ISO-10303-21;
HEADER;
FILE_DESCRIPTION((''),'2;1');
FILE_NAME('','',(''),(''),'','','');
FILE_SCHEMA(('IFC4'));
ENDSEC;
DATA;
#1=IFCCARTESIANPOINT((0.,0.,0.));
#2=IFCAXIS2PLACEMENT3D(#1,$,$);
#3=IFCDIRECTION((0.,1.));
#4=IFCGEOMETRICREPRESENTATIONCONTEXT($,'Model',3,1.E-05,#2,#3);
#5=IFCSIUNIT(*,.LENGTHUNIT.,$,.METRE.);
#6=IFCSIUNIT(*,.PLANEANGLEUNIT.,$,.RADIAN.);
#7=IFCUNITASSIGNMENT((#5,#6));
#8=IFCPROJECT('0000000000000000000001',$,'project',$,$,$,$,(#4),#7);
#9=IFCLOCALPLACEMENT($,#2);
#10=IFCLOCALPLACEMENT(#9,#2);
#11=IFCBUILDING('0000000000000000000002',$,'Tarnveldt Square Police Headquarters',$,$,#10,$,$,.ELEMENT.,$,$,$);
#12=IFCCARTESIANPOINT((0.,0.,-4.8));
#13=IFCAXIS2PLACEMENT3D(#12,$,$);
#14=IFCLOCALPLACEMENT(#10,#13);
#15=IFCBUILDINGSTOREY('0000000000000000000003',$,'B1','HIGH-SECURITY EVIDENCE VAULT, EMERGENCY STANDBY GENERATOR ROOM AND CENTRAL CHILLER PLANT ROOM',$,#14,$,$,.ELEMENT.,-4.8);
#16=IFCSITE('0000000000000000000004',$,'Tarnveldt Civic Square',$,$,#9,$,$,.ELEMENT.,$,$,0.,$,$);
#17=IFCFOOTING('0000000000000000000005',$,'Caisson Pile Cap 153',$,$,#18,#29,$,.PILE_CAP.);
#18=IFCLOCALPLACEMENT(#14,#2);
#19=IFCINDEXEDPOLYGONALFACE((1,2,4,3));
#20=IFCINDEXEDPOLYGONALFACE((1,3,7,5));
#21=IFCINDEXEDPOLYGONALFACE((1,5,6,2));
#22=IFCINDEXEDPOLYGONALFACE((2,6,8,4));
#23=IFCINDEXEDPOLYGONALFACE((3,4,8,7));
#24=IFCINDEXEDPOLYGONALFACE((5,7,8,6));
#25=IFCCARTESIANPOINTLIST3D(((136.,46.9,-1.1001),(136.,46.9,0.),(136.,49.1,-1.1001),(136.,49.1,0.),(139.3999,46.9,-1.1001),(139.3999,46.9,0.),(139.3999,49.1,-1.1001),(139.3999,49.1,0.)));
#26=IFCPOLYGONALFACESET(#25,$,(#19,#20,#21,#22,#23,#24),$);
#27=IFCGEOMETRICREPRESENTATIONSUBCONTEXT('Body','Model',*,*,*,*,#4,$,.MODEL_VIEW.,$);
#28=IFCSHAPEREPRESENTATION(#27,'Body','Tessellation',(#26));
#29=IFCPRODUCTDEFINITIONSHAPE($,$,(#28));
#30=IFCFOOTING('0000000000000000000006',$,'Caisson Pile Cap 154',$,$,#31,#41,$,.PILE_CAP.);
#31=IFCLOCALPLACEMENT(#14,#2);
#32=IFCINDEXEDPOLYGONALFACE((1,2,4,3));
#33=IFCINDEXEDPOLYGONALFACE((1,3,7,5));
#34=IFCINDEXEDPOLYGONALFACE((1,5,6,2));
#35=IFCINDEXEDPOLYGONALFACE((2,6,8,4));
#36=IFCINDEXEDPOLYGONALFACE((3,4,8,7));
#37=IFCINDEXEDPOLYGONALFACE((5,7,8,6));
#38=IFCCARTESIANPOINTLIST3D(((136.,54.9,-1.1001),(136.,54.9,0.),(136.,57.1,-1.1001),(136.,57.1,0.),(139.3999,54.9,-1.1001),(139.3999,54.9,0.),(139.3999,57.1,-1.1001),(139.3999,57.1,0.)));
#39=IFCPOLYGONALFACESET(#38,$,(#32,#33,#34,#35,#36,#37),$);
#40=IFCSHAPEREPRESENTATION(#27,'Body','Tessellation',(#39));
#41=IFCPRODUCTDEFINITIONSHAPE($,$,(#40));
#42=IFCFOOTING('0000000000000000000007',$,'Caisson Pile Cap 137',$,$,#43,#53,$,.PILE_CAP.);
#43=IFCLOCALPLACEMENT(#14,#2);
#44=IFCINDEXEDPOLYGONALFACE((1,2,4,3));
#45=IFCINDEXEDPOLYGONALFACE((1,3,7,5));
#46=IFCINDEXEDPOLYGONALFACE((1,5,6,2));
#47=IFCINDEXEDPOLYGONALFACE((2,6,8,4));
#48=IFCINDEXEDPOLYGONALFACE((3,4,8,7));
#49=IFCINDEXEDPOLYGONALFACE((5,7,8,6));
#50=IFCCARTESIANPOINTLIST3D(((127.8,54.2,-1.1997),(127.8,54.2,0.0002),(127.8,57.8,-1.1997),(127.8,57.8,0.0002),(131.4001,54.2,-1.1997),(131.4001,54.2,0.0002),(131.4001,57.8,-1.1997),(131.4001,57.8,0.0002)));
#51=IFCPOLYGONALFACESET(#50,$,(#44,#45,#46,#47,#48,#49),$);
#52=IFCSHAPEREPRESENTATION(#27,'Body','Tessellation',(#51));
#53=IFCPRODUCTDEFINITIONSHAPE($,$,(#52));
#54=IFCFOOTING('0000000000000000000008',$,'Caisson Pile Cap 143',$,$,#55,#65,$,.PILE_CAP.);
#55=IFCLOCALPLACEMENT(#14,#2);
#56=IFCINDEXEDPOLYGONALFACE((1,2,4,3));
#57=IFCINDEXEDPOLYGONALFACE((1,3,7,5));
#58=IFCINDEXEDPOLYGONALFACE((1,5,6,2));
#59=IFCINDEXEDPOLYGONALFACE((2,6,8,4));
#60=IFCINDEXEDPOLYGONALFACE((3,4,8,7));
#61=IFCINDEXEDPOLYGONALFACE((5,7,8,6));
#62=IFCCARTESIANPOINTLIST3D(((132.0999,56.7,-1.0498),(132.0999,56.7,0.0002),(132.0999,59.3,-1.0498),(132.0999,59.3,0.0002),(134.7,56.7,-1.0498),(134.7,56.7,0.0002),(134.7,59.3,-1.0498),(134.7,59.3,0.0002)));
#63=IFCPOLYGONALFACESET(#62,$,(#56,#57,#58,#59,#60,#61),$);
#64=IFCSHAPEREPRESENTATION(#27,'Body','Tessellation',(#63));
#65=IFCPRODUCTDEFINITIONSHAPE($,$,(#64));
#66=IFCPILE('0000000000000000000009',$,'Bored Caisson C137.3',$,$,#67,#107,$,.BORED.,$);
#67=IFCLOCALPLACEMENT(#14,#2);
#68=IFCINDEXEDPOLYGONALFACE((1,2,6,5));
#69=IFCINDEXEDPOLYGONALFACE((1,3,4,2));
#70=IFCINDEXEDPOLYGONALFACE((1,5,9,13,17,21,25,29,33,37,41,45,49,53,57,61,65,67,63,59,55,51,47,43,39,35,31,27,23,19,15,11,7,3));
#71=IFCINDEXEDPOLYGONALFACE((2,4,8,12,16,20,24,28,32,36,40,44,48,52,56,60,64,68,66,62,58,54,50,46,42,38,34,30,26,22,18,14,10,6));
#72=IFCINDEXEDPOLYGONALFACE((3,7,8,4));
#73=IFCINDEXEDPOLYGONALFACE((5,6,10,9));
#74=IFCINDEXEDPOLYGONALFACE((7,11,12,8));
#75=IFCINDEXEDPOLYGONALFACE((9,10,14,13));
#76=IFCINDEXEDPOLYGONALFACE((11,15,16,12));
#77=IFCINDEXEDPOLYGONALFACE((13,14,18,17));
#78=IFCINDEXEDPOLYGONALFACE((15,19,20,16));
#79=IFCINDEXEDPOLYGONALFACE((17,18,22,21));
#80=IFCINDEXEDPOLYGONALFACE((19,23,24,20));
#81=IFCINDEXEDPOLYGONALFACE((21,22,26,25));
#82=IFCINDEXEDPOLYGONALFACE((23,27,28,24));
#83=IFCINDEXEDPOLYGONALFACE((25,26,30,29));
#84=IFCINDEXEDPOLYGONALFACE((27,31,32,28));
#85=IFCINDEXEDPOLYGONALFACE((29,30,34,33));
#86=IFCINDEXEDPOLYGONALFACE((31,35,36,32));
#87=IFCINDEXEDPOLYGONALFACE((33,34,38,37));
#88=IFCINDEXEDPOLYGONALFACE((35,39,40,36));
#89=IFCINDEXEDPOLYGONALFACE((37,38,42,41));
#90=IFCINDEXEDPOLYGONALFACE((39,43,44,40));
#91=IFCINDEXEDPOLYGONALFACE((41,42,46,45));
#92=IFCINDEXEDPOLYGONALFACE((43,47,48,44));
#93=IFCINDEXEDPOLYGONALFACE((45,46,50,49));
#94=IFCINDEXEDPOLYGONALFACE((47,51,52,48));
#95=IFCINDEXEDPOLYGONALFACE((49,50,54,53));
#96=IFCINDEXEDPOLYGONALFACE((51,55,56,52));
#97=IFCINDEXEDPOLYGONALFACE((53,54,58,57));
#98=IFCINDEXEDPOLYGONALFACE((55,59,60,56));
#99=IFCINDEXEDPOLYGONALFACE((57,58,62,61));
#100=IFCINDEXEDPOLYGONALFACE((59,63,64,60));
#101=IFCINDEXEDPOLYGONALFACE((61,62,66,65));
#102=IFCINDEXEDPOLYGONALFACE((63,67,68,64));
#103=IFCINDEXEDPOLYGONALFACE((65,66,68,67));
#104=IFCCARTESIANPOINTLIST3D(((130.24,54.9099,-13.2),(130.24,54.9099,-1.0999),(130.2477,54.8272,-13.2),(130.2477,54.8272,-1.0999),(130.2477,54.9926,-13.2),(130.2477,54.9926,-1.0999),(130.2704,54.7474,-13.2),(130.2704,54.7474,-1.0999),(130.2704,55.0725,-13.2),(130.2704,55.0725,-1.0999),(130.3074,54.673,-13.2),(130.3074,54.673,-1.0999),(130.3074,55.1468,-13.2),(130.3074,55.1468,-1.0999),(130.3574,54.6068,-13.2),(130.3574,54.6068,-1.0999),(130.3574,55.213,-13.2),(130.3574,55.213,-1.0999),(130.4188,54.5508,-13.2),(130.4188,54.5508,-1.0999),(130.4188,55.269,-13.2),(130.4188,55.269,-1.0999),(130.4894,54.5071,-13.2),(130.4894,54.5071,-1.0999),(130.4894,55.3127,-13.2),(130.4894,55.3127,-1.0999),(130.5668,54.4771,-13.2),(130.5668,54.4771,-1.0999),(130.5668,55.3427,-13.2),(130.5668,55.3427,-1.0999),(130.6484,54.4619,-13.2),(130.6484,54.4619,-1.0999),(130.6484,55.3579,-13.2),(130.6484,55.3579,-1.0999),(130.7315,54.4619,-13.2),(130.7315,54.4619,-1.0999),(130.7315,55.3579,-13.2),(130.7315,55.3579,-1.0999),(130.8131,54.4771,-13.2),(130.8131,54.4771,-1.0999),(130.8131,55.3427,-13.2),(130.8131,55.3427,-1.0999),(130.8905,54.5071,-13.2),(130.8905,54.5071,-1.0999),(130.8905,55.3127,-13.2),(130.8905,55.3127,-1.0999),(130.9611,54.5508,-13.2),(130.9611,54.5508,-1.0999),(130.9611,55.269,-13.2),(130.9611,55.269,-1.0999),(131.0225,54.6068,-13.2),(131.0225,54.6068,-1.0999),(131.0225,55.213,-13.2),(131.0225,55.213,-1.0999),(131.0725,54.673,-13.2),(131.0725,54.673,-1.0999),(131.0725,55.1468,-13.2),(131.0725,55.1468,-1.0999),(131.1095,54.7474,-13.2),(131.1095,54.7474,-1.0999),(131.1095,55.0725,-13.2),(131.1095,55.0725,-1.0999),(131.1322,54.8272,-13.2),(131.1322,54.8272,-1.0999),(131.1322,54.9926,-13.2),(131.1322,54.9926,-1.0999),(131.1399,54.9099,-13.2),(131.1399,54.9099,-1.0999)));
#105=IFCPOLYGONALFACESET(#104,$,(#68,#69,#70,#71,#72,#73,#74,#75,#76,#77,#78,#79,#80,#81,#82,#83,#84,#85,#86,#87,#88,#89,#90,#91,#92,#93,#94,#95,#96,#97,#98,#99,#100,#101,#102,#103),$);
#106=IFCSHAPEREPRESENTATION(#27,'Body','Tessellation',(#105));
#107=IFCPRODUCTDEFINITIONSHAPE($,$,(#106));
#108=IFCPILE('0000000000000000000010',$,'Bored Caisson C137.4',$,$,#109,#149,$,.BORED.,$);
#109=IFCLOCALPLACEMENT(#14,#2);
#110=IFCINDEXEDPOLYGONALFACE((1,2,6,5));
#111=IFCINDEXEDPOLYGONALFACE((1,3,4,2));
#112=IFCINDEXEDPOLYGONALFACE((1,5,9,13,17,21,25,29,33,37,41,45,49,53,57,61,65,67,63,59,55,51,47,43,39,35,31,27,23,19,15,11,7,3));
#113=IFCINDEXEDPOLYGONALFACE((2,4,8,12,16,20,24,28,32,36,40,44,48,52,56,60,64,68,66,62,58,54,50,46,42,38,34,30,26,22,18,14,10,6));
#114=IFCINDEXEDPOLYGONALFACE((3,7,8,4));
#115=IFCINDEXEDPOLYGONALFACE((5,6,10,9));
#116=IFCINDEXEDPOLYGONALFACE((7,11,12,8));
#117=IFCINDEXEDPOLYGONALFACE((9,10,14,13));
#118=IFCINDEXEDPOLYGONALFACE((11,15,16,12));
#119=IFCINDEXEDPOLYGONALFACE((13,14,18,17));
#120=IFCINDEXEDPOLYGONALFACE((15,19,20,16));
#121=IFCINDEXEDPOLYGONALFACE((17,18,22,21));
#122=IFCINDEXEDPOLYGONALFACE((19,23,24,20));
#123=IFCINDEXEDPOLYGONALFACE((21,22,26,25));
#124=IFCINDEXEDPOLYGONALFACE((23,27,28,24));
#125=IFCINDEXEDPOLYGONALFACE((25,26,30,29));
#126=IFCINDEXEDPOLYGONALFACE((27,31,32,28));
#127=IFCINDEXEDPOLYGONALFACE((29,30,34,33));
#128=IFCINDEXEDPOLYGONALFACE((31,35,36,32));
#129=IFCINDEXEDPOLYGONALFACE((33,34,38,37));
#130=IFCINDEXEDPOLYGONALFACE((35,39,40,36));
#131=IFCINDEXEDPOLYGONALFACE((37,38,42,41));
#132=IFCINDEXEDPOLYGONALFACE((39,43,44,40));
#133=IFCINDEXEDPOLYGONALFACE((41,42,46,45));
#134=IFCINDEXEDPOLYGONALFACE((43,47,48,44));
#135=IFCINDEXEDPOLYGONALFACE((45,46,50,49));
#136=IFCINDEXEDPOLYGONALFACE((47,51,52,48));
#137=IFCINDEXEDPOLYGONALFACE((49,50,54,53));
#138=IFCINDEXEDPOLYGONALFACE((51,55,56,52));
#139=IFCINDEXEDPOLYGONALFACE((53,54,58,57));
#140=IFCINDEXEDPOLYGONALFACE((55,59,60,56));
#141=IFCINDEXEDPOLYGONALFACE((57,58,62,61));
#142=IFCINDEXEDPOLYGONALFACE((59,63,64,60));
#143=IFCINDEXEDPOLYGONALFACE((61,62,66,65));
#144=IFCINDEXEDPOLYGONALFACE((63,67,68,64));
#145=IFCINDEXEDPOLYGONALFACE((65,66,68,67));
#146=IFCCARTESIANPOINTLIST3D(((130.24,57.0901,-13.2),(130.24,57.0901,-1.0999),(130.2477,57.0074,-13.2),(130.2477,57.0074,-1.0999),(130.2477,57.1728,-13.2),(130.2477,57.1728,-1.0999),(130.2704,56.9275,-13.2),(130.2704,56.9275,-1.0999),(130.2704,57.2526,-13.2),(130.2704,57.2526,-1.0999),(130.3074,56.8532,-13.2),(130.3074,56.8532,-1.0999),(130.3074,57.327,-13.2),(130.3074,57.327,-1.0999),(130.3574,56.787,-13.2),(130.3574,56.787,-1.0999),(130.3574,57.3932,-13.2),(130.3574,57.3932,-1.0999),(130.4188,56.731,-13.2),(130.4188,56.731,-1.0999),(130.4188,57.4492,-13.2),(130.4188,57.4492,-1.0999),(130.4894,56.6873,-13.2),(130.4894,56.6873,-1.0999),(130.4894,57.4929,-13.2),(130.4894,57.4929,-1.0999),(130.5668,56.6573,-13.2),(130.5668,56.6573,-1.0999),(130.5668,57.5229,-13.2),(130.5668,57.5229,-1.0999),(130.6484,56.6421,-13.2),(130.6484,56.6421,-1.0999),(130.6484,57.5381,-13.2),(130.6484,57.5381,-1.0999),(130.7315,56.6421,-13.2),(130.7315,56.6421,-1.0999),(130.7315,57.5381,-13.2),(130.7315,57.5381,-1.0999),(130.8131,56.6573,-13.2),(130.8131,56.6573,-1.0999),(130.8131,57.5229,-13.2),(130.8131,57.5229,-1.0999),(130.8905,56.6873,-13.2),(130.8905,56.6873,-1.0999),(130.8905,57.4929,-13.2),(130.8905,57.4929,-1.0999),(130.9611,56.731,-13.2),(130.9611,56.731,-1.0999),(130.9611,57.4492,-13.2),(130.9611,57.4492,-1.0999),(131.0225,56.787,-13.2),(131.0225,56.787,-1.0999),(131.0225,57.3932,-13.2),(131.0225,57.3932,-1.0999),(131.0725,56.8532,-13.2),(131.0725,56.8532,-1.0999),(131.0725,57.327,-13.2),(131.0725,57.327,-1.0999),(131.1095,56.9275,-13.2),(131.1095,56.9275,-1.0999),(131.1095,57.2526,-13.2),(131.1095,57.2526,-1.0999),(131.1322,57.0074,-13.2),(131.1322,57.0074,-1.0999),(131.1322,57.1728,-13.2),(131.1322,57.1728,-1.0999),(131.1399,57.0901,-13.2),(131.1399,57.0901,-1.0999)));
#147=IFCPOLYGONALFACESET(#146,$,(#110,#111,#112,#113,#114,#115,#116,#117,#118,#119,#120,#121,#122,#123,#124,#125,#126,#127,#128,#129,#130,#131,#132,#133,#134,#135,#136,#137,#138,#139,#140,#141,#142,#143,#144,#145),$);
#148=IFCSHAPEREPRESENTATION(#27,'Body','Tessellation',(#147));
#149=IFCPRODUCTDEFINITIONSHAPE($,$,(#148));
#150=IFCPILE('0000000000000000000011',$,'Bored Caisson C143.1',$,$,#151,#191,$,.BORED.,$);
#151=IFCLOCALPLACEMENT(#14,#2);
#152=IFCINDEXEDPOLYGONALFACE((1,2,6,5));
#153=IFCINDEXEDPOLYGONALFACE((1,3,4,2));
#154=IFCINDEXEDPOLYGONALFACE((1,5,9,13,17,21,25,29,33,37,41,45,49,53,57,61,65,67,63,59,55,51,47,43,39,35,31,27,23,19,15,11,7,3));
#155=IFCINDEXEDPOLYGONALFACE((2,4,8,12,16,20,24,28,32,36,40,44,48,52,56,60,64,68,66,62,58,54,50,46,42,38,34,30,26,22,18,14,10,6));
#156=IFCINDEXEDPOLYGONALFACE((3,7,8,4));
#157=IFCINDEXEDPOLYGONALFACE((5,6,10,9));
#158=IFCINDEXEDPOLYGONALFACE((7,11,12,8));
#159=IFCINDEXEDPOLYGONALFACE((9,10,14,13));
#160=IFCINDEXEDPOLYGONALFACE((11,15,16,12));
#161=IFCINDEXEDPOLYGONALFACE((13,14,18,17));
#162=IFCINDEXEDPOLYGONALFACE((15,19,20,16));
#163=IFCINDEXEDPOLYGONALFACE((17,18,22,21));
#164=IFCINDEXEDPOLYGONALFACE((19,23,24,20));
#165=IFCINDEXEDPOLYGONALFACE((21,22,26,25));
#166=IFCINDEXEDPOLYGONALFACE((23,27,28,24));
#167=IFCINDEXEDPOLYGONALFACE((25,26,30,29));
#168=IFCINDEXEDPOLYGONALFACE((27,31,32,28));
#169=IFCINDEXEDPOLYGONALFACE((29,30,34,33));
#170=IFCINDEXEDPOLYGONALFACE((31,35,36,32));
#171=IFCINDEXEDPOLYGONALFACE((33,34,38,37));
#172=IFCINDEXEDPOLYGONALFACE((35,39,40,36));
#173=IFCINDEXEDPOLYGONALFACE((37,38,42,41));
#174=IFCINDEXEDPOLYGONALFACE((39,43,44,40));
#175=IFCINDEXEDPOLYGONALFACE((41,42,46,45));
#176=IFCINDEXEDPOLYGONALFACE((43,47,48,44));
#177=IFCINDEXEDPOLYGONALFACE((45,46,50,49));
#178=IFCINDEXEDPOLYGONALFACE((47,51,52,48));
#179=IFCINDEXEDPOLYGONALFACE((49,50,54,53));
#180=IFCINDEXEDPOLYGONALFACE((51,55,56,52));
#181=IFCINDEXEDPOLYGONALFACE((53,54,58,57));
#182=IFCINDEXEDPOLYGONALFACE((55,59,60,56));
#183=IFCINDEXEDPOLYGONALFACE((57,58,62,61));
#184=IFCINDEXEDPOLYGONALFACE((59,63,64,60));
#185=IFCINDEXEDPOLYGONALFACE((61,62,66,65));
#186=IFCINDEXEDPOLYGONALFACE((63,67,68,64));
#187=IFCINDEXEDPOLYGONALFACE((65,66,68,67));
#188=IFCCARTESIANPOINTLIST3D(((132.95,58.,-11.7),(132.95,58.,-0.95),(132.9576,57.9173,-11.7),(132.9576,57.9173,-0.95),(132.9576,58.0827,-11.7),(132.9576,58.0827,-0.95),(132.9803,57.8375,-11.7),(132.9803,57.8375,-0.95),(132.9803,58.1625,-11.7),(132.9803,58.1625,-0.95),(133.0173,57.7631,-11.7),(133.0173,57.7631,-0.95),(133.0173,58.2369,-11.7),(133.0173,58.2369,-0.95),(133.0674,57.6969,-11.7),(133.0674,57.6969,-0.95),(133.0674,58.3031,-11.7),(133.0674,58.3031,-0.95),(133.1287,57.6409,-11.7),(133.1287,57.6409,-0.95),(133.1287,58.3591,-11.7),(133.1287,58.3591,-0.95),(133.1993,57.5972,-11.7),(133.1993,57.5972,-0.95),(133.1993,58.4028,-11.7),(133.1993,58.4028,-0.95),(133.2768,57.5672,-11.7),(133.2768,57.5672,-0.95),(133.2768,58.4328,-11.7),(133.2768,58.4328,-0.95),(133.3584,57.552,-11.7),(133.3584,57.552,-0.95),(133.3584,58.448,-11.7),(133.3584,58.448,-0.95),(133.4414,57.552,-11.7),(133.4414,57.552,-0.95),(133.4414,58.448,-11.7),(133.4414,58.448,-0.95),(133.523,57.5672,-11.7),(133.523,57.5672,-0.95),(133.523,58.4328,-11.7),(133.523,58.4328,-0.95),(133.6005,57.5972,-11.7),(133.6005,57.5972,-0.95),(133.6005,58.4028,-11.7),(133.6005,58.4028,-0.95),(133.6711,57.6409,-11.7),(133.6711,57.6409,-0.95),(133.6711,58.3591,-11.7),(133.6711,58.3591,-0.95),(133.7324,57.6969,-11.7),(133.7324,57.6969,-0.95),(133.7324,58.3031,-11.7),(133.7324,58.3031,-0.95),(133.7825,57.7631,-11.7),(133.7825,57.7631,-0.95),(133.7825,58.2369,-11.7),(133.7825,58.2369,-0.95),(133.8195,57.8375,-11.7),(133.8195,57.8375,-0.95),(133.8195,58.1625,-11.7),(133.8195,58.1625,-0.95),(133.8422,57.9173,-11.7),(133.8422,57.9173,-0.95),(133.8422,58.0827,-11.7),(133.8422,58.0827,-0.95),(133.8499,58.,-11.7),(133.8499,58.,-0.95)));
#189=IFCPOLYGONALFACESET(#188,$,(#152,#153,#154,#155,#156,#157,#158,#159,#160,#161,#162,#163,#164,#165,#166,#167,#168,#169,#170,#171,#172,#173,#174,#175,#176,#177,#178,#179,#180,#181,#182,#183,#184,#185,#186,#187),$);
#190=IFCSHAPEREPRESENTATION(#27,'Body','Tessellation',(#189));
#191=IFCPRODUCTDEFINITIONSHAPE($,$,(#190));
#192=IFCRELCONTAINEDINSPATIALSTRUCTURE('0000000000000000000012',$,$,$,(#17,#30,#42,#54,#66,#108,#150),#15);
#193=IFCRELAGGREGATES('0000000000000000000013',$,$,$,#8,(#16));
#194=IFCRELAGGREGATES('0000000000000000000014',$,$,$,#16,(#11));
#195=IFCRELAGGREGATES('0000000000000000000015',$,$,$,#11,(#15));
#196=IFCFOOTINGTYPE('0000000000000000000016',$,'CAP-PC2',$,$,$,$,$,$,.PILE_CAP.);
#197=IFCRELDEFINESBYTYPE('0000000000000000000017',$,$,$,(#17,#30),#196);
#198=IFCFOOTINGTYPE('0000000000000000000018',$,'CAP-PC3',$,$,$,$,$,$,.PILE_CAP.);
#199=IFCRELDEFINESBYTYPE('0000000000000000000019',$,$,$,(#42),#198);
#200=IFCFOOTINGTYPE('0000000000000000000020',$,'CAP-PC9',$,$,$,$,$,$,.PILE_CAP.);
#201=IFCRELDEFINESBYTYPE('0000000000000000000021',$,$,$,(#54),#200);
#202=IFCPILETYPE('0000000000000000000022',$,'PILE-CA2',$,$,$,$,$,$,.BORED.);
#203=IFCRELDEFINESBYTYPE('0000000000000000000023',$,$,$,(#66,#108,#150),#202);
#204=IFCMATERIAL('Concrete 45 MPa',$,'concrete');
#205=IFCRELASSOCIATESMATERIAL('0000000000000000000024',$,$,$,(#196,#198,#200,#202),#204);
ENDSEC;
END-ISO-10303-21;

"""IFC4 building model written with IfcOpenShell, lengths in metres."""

from ifc_helpers import new_model, si_unit, direction, frame, origin, origin_2d, place, context, subcontext, project, spatial, rectangle, circle, extrude, material, material_profile, profile_set, type_object, element, save


model = new_model("IFC4")

# Units and contexts
model_context = context("Model", 3, precision=1e-05, world=origin(), true_north=direction((0.0, 1.0)))
body_context = subcontext(model_context, "Body", "Model", "MODEL_VIEW")
ifc_project = project(units=[si_unit("LENGTHUNIT", "METRE"), si_unit("PLANEANGLEUNIT", "RADIAN")], contexts=[model_context])

# Site, building, storey
site_placement = place(None, origin())
site = spatial("IfcSite", under=ifc_project, at=site_placement, Name="Tarnveldt Civic Square", CompositionType="ELEMENT", RefElevation=0.0)
building_placement = place(site_placement, origin())
building = spatial("IfcBuilding", under=site, at=building_placement, Name="Tarnveldt Square Police Headquarters", CompositionType="ELEMENT")
storey_placement = place(building_placement, frame((0.0, 0.0, -4.8)))
storey = spatial("IfcBuildingStorey", under=building, at=storey_placement, Name="B1", Description="HIGH-SECURITY EVIDENCE VAULT, EMERGENCY STANDBY GENERATOR ROOM AND CENTRAL CHILLER PLANT ROOM", CompositionType="ELEMENT", Elevation=-4.8)

# Footings
ifc_material_1 = material(Name="Concrete 45 MPa", Category="concrete")
footing_type_1 = type_object("IfcFootingType", Name="CAP-PC2", PredefinedType="PILE_CAP", material=ifc_material_1)
for number, where, z_axis, x_axis, name in (
    (1, (137.7, 48.0, -1.1001), (0.0, 0.0, 1.0), (1.0, 0.0, 0.0), "Caisson Pile Cap 153"),
    (2, (137.7, 56.0, -1.1001), (0.0, 0.0, 1.0), (1.0, 0.0, 0.0), "Caisson Pile Cap 154"),
):
    element("IfcFooting", number, at=place(storey_placement, frame(where, z_axis=z_axis, x_axis=x_axis)), inside=storey, type_object=footing_type_1, Name=name, PredefinedType="PILE_CAP", context=body_context, shape_type="SweptSolid", body=[
        extrude(rectangle(XDim=3.3999, YDim=2.2, at=origin_2d()), origin(), (0.0, 0.0, 1.0), 1.1001),
    ])
footing_type_2 = type_object("IfcFootingType", Name="CAP-PC3", PredefinedType="PILE_CAP", material=ifc_material_1)
footing_1_placement = place(storey_placement, frame((129.6001, 56.0, -1.1997), z_axis=(0.0, 0.0, 1.0), x_axis=(1.0, 0.0, 0.0)))
element("IfcFooting", 3, at=footing_1_placement, inside=storey, type_object=footing_type_2, Name="Caisson Pile Cap 137", PredefinedType="PILE_CAP", context=body_context, shape_type="SweptSolid", body=[
    extrude(rectangle(XDim=3.6001, YDim=3.6001, at=origin_2d()), origin(), (0.0, 0.0, 1.0), 1.2),
])
footing_type_3 = type_object("IfcFootingType", Name="CAP-PC9", PredefinedType="PILE_CAP", material=ifc_material_1)
footing_2_placement = place(storey_placement, frame((133.3999, 58.0, -1.0498), z_axis=(0.0, 0.0, 1.0), x_axis=(1.0, 0.0, 0.0)))
element("IfcFooting", 4, at=footing_2_placement, inside=storey, type_object=footing_type_3, Name="Caisson Pile Cap 143", PredefinedType="PILE_CAP", context=body_context, shape_type="SweptSolid", body=[
    extrude(rectangle(XDim=2.6001, YDim=2.6001, at=origin_2d()), origin(), (0.0, 0.0, 1.0), 1.05),
])

# Piles
ifc_material_profile_1 = material_profile(ifc_material_1, circle(Radius=0.45, at=origin_2d()), Name="CAISSON-D900")
ifc_profile_set_1 = profile_set([ifc_material_profile_1], Name="Concrete 45 MPa")
pile_type = type_object("IfcPileType", Name="PILE-CA2", PredefinedType="BORED", material=ifc_profile_set_1)
for number, where, z_axis, x_axis, name in (
    (5, (130.6899, 54.9099, -1.0999), (0.0, 0.0, -1.0), (1.0, 0.0, 0.0), "Bored Caisson C137.3"),
    (6, (130.6899, 57.0901, -1.0999), (0.0, 0.0, -1.0), (1.0, 0.0, 0.0), "Bored Caisson C137.4"),
):
    element("IfcPile", number, at=place(storey_placement, frame(where, z_axis=z_axis, x_axis=x_axis)), inside=storey, type_object=pile_type, Name=name, PredefinedType="BORED", context=body_context, shape_type="SweptSolid", body=[
        extrude(circle(Radius=0.45, at=origin_2d()), origin(), (0.0, 0.0, 1.0), 12.1001),
    ])
pile_placement = place(storey_placement, frame((133.3999, 58.0, -0.95), z_axis=(0.0, 0.0, -1.0), x_axis=(1.0, 0.0, 0.0)))
element("IfcPile", 7, at=pile_placement, inside=storey, type_object=pile_type, Name="Bored Caisson C143.1", PredefinedType="BORED", context=body_context, shape_type="SweptSolid", body=[
    extrude(circle(Radius=0.45, at=origin_2d()), origin(), (0.0, 0.0, 1.0), 10.75),
])

save(model, "model.ifc")
